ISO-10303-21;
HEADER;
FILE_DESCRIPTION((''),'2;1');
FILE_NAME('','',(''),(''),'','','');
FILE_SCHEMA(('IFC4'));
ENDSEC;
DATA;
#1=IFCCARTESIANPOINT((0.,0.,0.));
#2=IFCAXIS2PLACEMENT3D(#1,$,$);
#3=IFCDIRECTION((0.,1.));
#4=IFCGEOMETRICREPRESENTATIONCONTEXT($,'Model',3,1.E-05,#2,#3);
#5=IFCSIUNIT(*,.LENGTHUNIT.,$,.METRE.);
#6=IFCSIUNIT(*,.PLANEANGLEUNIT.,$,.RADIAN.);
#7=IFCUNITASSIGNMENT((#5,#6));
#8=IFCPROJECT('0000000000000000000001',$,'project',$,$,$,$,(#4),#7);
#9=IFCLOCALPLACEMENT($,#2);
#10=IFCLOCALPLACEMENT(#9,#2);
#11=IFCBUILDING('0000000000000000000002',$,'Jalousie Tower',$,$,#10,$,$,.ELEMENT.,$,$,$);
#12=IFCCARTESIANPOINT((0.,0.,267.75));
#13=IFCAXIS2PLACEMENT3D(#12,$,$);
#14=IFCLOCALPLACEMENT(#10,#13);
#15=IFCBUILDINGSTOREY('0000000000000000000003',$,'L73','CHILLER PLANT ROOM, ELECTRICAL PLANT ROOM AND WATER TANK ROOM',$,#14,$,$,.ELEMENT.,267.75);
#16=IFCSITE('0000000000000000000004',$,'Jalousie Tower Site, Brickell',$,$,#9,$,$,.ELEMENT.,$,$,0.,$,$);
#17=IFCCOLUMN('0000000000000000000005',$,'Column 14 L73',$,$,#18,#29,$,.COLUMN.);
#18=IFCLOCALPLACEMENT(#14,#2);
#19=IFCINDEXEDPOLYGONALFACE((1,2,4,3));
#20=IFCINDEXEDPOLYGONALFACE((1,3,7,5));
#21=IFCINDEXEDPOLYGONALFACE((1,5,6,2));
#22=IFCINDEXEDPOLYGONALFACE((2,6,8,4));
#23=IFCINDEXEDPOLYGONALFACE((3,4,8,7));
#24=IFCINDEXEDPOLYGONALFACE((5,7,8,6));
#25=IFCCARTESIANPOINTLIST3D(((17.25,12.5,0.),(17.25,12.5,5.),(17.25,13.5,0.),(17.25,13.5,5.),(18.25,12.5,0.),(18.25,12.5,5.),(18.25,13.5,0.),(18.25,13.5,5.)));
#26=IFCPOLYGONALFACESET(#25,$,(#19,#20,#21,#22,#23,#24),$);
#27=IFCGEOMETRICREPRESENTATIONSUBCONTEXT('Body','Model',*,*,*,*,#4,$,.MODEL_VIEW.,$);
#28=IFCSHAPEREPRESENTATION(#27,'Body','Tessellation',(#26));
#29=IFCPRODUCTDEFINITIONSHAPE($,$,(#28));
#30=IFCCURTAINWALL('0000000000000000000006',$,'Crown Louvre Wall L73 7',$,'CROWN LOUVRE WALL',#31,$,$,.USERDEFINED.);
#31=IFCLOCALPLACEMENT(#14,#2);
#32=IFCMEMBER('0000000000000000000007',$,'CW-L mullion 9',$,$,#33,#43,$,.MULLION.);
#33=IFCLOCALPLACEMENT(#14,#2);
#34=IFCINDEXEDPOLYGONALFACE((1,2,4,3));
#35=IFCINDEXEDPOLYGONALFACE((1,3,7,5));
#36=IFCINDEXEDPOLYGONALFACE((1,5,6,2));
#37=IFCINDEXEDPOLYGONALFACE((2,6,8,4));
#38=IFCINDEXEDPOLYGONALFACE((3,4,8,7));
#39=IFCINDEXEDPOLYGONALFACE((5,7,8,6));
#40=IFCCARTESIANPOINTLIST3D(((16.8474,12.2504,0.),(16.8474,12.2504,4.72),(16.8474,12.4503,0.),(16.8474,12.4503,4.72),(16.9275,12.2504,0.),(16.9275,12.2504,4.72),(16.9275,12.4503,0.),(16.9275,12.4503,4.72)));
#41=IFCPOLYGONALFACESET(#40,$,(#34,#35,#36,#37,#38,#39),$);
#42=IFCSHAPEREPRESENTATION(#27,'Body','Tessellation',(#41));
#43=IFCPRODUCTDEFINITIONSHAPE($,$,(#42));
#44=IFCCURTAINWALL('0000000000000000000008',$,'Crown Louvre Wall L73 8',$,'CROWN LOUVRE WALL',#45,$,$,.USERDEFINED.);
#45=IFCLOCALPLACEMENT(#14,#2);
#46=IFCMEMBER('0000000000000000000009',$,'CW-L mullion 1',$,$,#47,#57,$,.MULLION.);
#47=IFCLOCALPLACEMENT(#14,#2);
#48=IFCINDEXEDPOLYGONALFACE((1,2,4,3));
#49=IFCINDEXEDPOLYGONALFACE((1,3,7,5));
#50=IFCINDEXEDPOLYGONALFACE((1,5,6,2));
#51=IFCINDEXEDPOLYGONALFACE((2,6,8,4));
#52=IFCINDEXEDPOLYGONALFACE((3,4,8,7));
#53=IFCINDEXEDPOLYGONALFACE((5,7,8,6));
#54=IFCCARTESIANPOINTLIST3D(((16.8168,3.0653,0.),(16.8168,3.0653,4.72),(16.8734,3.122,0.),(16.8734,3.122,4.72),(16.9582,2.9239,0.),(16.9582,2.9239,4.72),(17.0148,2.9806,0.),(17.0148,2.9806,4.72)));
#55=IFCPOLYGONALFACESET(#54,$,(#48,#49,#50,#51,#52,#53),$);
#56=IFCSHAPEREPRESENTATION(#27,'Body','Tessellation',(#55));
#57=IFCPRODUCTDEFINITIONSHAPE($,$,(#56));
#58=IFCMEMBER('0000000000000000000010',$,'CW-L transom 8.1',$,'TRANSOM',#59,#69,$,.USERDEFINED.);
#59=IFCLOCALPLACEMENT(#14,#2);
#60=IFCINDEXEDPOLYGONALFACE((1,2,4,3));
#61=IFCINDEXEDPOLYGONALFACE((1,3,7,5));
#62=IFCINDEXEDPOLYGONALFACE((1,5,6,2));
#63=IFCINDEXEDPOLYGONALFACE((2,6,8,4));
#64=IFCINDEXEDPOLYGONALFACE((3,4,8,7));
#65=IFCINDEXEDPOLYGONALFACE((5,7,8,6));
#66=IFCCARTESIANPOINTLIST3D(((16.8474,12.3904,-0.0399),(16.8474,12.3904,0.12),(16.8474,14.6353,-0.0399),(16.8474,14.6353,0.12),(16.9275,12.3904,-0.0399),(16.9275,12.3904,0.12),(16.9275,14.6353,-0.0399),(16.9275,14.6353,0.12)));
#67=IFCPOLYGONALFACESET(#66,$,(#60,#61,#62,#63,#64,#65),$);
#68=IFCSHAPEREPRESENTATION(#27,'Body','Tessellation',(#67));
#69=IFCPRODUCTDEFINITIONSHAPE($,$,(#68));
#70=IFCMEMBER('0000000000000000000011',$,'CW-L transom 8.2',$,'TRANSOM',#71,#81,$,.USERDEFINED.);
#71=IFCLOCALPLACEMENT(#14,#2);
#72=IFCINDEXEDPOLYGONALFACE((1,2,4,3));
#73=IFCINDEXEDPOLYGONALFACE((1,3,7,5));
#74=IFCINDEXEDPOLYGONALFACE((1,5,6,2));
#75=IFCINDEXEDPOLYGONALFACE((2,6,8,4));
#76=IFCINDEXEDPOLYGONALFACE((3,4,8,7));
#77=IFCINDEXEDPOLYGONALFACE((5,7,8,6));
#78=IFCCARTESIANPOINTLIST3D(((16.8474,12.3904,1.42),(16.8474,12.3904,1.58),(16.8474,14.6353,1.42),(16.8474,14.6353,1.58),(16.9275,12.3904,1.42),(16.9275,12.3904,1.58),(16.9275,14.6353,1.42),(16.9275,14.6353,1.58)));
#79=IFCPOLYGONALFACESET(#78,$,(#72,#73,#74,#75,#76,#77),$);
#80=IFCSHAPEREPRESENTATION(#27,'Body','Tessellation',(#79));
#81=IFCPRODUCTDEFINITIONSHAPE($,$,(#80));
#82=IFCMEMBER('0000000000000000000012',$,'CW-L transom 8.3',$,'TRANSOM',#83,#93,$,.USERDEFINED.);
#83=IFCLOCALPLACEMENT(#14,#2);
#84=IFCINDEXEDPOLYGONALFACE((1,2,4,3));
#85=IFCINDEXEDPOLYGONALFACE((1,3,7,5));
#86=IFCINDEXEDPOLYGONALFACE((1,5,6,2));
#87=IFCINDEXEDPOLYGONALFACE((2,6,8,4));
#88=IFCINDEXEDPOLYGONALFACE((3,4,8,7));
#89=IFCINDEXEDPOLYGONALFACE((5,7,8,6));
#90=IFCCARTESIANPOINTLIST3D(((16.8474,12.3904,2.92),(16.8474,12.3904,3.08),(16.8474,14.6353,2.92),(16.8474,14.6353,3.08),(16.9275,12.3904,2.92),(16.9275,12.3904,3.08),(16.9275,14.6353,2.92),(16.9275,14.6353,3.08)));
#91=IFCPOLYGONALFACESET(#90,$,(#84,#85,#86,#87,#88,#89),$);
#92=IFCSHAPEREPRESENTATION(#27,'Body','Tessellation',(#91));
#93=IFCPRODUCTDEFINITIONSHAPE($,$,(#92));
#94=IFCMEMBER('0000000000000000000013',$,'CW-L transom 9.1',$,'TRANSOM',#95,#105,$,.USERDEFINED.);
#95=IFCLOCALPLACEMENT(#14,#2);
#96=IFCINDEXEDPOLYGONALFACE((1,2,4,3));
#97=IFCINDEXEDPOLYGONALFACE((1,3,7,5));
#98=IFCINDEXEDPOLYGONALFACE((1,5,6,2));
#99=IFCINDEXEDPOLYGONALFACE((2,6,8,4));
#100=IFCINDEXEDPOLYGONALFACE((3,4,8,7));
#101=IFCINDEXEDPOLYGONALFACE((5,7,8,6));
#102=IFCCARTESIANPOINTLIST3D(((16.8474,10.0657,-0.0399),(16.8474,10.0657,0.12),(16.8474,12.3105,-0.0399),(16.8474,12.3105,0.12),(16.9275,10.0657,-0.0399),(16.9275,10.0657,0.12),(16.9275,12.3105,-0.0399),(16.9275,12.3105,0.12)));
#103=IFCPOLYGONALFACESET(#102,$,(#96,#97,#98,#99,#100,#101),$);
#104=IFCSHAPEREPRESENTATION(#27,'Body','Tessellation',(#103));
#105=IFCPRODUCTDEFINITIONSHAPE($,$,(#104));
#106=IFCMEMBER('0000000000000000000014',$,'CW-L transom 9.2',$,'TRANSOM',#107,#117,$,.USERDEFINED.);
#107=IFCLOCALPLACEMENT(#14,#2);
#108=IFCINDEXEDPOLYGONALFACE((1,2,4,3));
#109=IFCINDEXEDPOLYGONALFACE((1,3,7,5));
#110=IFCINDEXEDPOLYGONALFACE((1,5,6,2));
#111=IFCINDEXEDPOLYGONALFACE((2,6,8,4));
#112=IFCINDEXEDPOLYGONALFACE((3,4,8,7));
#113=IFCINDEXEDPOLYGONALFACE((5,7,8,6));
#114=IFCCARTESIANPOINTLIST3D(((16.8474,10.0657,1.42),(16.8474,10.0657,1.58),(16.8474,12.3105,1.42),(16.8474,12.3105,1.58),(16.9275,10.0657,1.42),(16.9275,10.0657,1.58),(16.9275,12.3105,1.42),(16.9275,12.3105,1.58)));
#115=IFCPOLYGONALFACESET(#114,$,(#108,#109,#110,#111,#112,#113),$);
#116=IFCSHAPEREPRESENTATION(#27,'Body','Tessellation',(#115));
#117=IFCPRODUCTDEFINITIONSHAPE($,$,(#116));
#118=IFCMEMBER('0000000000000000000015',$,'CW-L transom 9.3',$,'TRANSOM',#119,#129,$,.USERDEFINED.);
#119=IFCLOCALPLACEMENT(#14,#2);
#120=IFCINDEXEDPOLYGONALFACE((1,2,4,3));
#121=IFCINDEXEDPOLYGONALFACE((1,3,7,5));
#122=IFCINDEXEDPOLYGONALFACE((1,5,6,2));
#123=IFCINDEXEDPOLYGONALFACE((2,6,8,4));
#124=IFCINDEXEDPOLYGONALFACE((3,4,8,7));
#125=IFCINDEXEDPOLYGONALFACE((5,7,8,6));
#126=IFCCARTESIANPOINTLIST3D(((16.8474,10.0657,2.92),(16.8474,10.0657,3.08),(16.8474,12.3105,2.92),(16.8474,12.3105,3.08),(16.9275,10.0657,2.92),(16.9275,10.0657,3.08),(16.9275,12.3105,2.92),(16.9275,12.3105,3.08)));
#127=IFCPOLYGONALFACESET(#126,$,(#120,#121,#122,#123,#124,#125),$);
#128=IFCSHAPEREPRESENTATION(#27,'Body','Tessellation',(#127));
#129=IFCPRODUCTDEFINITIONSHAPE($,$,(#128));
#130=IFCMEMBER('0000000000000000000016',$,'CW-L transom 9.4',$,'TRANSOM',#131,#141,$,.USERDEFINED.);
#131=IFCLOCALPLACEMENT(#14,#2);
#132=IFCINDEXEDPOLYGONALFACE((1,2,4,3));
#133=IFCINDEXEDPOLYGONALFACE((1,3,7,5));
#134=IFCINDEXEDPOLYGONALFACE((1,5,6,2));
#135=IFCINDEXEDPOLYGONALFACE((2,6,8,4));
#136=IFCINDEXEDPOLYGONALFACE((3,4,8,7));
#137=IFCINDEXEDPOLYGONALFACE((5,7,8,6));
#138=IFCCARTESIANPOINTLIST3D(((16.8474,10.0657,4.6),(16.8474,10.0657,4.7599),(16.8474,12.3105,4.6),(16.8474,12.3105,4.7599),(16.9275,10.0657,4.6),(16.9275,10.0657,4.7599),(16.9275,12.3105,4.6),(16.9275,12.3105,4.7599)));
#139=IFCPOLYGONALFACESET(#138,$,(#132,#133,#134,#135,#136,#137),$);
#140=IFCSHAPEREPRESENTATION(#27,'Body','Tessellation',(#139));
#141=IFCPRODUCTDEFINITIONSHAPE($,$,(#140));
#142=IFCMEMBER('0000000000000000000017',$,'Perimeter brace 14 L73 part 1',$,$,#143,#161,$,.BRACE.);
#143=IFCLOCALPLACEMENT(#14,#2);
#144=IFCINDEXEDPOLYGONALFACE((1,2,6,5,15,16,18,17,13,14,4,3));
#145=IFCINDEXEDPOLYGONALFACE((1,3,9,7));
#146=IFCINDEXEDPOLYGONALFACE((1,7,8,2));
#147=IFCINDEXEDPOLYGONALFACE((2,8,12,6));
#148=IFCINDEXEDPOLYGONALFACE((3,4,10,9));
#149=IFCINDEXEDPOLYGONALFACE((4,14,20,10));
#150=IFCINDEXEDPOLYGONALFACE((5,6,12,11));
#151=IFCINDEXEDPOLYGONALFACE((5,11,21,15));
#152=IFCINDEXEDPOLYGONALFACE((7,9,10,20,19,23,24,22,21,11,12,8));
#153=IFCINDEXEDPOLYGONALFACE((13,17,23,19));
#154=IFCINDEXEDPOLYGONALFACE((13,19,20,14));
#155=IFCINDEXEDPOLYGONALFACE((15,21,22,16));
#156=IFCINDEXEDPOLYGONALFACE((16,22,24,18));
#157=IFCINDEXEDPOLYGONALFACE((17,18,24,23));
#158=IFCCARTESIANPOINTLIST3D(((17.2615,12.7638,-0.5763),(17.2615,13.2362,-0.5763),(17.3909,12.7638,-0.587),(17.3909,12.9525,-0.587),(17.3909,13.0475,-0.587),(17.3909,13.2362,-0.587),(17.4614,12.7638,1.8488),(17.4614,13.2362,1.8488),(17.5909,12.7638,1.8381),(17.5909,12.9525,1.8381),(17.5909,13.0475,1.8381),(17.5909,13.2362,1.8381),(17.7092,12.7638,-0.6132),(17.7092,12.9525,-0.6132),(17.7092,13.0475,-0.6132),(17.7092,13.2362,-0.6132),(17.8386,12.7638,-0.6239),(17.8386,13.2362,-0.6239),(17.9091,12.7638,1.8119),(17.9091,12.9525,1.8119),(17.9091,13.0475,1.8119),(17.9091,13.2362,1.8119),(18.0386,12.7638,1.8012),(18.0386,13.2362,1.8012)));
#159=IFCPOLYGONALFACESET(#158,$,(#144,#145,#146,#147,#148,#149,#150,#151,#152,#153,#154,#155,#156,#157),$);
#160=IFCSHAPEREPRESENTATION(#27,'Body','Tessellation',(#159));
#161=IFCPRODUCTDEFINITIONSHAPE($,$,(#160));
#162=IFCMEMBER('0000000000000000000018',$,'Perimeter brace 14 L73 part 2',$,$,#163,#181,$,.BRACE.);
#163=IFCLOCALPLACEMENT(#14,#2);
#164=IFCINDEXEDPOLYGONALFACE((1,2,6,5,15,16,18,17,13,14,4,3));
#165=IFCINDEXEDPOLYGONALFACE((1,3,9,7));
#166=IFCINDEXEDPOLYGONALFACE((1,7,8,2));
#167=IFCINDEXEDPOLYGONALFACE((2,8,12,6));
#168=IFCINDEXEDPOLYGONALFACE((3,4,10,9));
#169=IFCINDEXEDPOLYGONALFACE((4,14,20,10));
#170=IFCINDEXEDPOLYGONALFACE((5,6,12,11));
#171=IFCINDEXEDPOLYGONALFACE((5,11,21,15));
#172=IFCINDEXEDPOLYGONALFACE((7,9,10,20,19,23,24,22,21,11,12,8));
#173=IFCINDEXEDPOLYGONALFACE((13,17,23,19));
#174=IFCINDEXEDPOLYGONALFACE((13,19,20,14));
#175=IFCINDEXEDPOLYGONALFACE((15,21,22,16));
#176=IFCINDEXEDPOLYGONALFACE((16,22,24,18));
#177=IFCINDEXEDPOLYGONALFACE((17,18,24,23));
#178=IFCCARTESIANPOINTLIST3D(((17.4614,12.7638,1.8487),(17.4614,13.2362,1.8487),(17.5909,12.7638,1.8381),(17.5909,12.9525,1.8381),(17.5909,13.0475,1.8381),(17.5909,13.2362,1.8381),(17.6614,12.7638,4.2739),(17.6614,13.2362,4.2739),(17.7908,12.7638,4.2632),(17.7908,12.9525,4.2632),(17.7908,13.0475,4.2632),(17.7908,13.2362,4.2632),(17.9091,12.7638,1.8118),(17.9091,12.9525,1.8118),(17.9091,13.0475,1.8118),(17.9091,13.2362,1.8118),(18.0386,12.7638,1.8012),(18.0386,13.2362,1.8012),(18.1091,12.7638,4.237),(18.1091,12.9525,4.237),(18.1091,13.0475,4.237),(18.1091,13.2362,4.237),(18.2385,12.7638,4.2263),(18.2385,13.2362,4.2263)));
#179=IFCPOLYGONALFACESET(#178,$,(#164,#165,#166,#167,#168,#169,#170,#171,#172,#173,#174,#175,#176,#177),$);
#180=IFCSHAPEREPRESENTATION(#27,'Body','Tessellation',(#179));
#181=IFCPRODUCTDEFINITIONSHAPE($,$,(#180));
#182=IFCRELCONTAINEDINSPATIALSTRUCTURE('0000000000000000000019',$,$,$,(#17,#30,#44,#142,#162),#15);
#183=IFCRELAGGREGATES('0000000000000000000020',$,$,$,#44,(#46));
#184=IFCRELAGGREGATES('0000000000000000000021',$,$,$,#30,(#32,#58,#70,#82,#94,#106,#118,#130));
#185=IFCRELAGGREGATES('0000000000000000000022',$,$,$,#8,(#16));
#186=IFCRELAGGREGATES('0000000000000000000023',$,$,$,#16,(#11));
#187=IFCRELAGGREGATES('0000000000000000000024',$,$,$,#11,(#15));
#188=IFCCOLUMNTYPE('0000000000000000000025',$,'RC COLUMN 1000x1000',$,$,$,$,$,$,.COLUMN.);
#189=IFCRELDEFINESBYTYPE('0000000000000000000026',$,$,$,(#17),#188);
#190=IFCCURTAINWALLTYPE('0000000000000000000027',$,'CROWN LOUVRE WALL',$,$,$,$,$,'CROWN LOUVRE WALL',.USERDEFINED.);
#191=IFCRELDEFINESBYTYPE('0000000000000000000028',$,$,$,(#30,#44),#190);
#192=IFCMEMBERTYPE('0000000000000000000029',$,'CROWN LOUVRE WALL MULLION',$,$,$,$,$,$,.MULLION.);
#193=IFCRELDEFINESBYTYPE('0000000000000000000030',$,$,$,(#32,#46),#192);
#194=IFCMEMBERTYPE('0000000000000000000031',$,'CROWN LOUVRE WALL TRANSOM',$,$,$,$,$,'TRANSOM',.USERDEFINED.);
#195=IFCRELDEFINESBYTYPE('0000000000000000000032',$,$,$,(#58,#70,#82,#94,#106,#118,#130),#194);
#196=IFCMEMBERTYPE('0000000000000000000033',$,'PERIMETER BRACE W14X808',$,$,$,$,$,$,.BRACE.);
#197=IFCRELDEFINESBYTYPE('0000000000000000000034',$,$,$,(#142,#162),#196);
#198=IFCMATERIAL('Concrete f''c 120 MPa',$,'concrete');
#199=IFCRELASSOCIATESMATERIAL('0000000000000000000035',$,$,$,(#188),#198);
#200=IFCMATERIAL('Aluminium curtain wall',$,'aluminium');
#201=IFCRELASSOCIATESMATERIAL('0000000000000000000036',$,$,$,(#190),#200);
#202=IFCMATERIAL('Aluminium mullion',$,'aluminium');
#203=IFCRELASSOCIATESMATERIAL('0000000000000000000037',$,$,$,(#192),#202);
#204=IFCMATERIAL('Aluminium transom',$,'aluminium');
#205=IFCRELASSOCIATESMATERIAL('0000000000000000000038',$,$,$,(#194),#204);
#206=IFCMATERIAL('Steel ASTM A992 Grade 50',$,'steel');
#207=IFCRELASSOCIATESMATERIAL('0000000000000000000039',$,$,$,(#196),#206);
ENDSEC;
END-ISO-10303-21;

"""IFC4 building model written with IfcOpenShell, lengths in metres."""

from ifc_helpers import new_model, si_unit, direction, frame, origin, origin_2d, place, context, subcontext, project, spatial, rectangle, i_section, extrude, material, material_profile, profile_set, type_object, element, aggregate, save


model = new_model("IFC4")

# Units and contexts
model_context = context("Model", 3, precision=1e-05, world=origin(), true_north=direction((0.0, 1.0)))
body_context = subcontext(model_context, "Body", "Model", "MODEL_VIEW")
ifc_project = project(units=[si_unit("LENGTHUNIT", "METRE"), si_unit("PLANEANGLEUNIT", "RADIAN")], contexts=[model_context])

# Site, building, storey
site_placement = place(None, origin())
site = spatial("IfcSite", under=ifc_project, at=site_placement, Name="Jalousie Tower Site, Brickell", CompositionType="ELEMENT", RefElevation=0.0)
building_placement = place(site_placement, origin())
building = spatial("IfcBuilding", under=site, at=building_placement, Name="Jalousie Tower", CompositionType="ELEMENT")
storey_placement = place(building_placement, frame((0.0, 0.0, 267.75)))
storey = spatial("IfcBuildingStorey", under=building, at=storey_placement, Name="L73", Description="CHILLER PLANT ROOM, ELECTRICAL PLANT ROOM AND WATER TANK ROOM", CompositionType="ELEMENT", Elevation=267.75)

# Column
ifc_material_1 = material(Name="Concrete f'c 120 MPa", Category="concrete")
ifc_material_profile_1 = material_profile(ifc_material_1, rectangle(XDim=1.0, YDim=1.0, at=origin_2d()), Name="RC 1000x1000")
ifc_profile_set_1 = profile_set([ifc_material_profile_1], Name="Concrete f'c 120 MPa")
column_type = type_object("IfcColumnType", Name="RC COLUMN 1000x1000", PredefinedType="COLUMN", material=ifc_profile_set_1)
column_placement = place(storey_placement, frame((17.75, 13.0, 0.0), z_axis=(0.0, 0.0, 1.0), x_axis=(1.0, 0.0, 0.0)))
element("IfcColumn", 1, at=column_placement, inside=storey, type_object=column_type, Name="Column 14 L73", PredefinedType="COLUMN", context=body_context, shape_type="SweptSolid", body=[
    extrude(rectangle(XDim=1.0, YDim=1.0, at=origin_2d()), origin(), (0.0, 0.0, 1.0), 5.0),
])

# Curtain walls, members
ifc_material_2 = material(Name="Aluminium curtain wall", Category="aluminium")
curtain_wall_type = type_object("IfcCurtainWallType", Name="CROWN LOUVRE WALL", ElementType="CROWN LOUVRE WALL", PredefinedType="USERDEFINED", material=ifc_material_2)
curtain_wall_1_placement = place(storey_placement, origin())
curtain_wall_1 = element("IfcCurtainWall", 2, at=curtain_wall_1_placement, inside=storey, type_object=curtain_wall_type, Name="Crown Louvre Wall L73 7", ObjectType="CROWN LOUVRE WALL", PredefinedType="USERDEFINED")
ifc_material_3 = material(Name="Aluminium mullion", Category="aluminium")
ifc_material_profile_2 = material_profile(ifc_material_3, rectangle(XDim=0.0801, YDim=0.2, at=origin_2d()), Name="MULLION 80x200")
ifc_profile_set_2 = profile_set([ifc_material_profile_2], Name="Aluminium mullion")
member_type_1 = type_object("IfcMemberType", Name="CROWN LOUVRE WALL MULLION", PredefinedType="MULLION", material=ifc_profile_set_2)
member_1_placement = place(storey_placement, frame((16.8875, 12.3503, 0.0), z_axis=(0.0, 0.0, 1.0), x_axis=(1.0, 0.0, 0.0)))
member_1 = element("IfcMember", 3, at=member_1_placement, type_object=member_type_1, Name="CW-L mullion 9", PredefinedType="MULLION", context=body_context, shape_type="SweptSolid", body=[
    extrude(rectangle(XDim=0.0801, YDim=0.2, at=origin_2d()), origin(), (0.0, 0.0, 1.0), 4.72),
])
curtain_wall_2_placement = place(storey_placement, origin())
curtain_wall_2 = element("IfcCurtainWall", 4, at=curtain_wall_2_placement, inside=storey, type_object=curtain_wall_type, Name="Crown Louvre Wall L73 8", ObjectType="CROWN LOUVRE WALL", PredefinedType="USERDEFINED")
member_2_placement = place(storey_placement, frame((16.9158, 3.0229, 0.0), z_axis=(0.0, 0.0, 1.0), x_axis=(0.707107, 0.707107, 0.0)))
member_2 = element("IfcMember", 5, at=member_2_placement, type_object=member_type_1, Name="CW-L mullion 1", PredefinedType="MULLION", context=body_context, shape_type="SweptSolid", body=[
    extrude(rectangle(XDim=0.0801, YDim=0.2, at=origin_2d()), origin(), (0.0, 0.0, 1.0), 4.72),
])
aggregate(curtain_wall_2, [member_2])

# Members
ifc_material_4 = material(Name="Aluminium transom", Category="aluminium")
ifc_material_profile_3 = material_profile(ifc_material_4, rectangle(XDim=0.0801, YDim=0.1599, at=origin_2d()), Name="TRANSOM 80x160")
ifc_profile_set_3 = profile_set([ifc_material_profile_3], Name="Aluminium transom")
member_type_2 = type_object("IfcMemberType", Name="CROWN LOUVRE WALL TRANSOM", ElementType="TRANSOM", PredefinedType="USERDEFINED", material=ifc_profile_set_3)
member_3_placement = place(storey_placement, frame((16.8875, 14.6353, 0.04), z_axis=(0.0, -1.0, 0.0), x_axis=(1.0, 0.0, 0.0)))
member_3 = element("IfcMember", 6, at=member_3_placement, type_object=member_type_2, Name="CW-L transom 8.1", ObjectType="TRANSOM", PredefinedType="USERDEFINED", context=body_context, shape_type="SweptSolid", body=[
    extrude(rectangle(XDim=0.0801, YDim=0.1599, at=origin_2d()), origin(), (0.0, 0.0, 1.0), 2.2449),
])
member_4_placement = place(storey_placement, frame((16.8875, 14.6353, 1.5), z_axis=(0.0, -1.0, 0.0), x_axis=(1.0, 0.0, 0.0)))
member_4 = element("IfcMember", 7, at=member_4_placement, type_object=member_type_2, Name="CW-L transom 8.2", ObjectType="TRANSOM", PredefinedType="USERDEFINED", context=body_context, shape_type="SweptSolid", body=[
    extrude(rectangle(XDim=0.0801, YDim=0.1599, at=origin_2d()), origin(), (0.0, 0.0, 1.0), 2.2449),
])
member_5_placement = place(storey_placement, frame((16.8875, 14.6353, 3.0), z_axis=(0.0, -1.0, 0.0), x_axis=(1.0, 0.0, 0.0)))
member_5 = element("IfcMember", 8, at=member_5_placement, type_object=member_type_2, Name="CW-L transom 8.3", ObjectType="TRANSOM", PredefinedType="USERDEFINED", context=body_context, shape_type="SweptSolid", body=[
    extrude(rectangle(XDim=0.0801, YDim=0.1599, at=origin_2d()), origin(), (0.0, 0.0, 1.0), 2.2449),
])
member_6_placement = place(storey_placement, frame((16.8875, 12.3105, 0.04), z_axis=(0.0, -1.0, 0.0), x_axis=(1.0, 0.0, 0.0)))
member_6 = element("IfcMember", 9, at=member_6_placement, type_object=member_type_2, Name="CW-L transom 9.1", ObjectType="TRANSOM", PredefinedType="USERDEFINED", context=body_context, shape_type="SweptSolid", body=[
    extrude(rectangle(XDim=0.0801, YDim=0.1599, at=origin_2d()), origin(), (0.0, 0.0, 1.0), 2.2449),
])
member_7_placement = place(storey_placement, frame((16.8875, 12.3105, 1.5), z_axis=(0.0, -1.0, 0.0), x_axis=(1.0, 0.0, 0.0)))
member_7 = element("IfcMember", 10, at=member_7_placement, type_object=member_type_2, Name="CW-L transom 9.2", ObjectType="TRANSOM", PredefinedType="USERDEFINED", context=body_context, shape_type="SweptSolid", body=[
    extrude(rectangle(XDim=0.0801, YDim=0.1599, at=origin_2d()), origin(), (0.0, 0.0, 1.0), 2.2449),
])
member_8_placement = place(storey_placement, frame((16.8875, 12.3105, 3.0), z_axis=(0.0, -1.0, 0.0), x_axis=(1.0, 0.0, 0.0)))
member_8 = element("IfcMember", 11, at=member_8_placement, type_object=member_type_2, Name="CW-L transom 9.3", ObjectType="TRANSOM", PredefinedType="USERDEFINED", context=body_context, shape_type="SweptSolid", body=[
    extrude(rectangle(XDim=0.0801, YDim=0.1599, at=origin_2d()), origin(), (0.0, 0.0, 1.0), 2.2449),
])
member_9_placement = place(storey_placement, frame((16.8875, 12.3105, 4.6799), z_axis=(0.0, -1.0, 0.0), x_axis=(1.0, 0.0, 0.0)))
member_9 = element("IfcMember", 12, at=member_9_placement, type_object=member_type_2, Name="CW-L transom 9.4", ObjectType="TRANSOM", PredefinedType="USERDEFINED", context=body_context, shape_type="SweptSolid", body=[
    extrude(rectangle(XDim=0.0801, YDim=0.1599, at=origin_2d()), origin(), (0.0, 0.0, 1.0), 2.2449),
])

# Members
ifc_material_5 = material(Name="Steel ASTM A992 Grade 50", Category="steel")
ifc_material_profile_4 = material_profile(ifc_material_5, i_section(OverallWidth=0.4724, OverallDepth=0.5791, WebThickness=0.095, FlangeThickness=0.1299, at=origin_2d()), Name="W14X808")
ifc_profile_set_4 = profile_set([ifc_material_profile_4], Name="Steel ASTM A992 Grade 50")
member_type_3 = type_object("IfcMemberType", Name="PERIMETER BRACE W14X808", PredefinedType="BRACE", material=ifc_profile_set_4)
for number, where, z_axis, x_axis, name in (
    (13, (17.55, 13.0, -0.6001), (0.082174, 0.0, 0.996618), (0.0, 1.0, 0.0), "Perimeter brace 14 L73 part 1"),
    (14, (17.75, 13.0, 1.825), (0.082174, 0.0, 0.996618), (0.0, 1.0, 0.0), "Perimeter brace 14 L73 part 2"),
):
    element("IfcMember", number, at=place(storey_placement, frame(where, z_axis=z_axis, x_axis=x_axis)), inside=storey, type_object=member_type_3, Name=name, PredefinedType="BRACE", context=body_context, shape_type="SweptSolid", body=[
        extrude(i_section(OverallWidth=0.4724, OverallDepth=0.5791, WebThickness=0.095, FlangeThickness=0.1299, at=origin_2d()), origin(), (0.0, 0.0, 1.0), 2.4333),
    ])

aggregate(curtain_wall_1, [member_1, member_3, member_4, member_5, member_6, member_7, member_8, member_9])

save(model, "model.ifc")
